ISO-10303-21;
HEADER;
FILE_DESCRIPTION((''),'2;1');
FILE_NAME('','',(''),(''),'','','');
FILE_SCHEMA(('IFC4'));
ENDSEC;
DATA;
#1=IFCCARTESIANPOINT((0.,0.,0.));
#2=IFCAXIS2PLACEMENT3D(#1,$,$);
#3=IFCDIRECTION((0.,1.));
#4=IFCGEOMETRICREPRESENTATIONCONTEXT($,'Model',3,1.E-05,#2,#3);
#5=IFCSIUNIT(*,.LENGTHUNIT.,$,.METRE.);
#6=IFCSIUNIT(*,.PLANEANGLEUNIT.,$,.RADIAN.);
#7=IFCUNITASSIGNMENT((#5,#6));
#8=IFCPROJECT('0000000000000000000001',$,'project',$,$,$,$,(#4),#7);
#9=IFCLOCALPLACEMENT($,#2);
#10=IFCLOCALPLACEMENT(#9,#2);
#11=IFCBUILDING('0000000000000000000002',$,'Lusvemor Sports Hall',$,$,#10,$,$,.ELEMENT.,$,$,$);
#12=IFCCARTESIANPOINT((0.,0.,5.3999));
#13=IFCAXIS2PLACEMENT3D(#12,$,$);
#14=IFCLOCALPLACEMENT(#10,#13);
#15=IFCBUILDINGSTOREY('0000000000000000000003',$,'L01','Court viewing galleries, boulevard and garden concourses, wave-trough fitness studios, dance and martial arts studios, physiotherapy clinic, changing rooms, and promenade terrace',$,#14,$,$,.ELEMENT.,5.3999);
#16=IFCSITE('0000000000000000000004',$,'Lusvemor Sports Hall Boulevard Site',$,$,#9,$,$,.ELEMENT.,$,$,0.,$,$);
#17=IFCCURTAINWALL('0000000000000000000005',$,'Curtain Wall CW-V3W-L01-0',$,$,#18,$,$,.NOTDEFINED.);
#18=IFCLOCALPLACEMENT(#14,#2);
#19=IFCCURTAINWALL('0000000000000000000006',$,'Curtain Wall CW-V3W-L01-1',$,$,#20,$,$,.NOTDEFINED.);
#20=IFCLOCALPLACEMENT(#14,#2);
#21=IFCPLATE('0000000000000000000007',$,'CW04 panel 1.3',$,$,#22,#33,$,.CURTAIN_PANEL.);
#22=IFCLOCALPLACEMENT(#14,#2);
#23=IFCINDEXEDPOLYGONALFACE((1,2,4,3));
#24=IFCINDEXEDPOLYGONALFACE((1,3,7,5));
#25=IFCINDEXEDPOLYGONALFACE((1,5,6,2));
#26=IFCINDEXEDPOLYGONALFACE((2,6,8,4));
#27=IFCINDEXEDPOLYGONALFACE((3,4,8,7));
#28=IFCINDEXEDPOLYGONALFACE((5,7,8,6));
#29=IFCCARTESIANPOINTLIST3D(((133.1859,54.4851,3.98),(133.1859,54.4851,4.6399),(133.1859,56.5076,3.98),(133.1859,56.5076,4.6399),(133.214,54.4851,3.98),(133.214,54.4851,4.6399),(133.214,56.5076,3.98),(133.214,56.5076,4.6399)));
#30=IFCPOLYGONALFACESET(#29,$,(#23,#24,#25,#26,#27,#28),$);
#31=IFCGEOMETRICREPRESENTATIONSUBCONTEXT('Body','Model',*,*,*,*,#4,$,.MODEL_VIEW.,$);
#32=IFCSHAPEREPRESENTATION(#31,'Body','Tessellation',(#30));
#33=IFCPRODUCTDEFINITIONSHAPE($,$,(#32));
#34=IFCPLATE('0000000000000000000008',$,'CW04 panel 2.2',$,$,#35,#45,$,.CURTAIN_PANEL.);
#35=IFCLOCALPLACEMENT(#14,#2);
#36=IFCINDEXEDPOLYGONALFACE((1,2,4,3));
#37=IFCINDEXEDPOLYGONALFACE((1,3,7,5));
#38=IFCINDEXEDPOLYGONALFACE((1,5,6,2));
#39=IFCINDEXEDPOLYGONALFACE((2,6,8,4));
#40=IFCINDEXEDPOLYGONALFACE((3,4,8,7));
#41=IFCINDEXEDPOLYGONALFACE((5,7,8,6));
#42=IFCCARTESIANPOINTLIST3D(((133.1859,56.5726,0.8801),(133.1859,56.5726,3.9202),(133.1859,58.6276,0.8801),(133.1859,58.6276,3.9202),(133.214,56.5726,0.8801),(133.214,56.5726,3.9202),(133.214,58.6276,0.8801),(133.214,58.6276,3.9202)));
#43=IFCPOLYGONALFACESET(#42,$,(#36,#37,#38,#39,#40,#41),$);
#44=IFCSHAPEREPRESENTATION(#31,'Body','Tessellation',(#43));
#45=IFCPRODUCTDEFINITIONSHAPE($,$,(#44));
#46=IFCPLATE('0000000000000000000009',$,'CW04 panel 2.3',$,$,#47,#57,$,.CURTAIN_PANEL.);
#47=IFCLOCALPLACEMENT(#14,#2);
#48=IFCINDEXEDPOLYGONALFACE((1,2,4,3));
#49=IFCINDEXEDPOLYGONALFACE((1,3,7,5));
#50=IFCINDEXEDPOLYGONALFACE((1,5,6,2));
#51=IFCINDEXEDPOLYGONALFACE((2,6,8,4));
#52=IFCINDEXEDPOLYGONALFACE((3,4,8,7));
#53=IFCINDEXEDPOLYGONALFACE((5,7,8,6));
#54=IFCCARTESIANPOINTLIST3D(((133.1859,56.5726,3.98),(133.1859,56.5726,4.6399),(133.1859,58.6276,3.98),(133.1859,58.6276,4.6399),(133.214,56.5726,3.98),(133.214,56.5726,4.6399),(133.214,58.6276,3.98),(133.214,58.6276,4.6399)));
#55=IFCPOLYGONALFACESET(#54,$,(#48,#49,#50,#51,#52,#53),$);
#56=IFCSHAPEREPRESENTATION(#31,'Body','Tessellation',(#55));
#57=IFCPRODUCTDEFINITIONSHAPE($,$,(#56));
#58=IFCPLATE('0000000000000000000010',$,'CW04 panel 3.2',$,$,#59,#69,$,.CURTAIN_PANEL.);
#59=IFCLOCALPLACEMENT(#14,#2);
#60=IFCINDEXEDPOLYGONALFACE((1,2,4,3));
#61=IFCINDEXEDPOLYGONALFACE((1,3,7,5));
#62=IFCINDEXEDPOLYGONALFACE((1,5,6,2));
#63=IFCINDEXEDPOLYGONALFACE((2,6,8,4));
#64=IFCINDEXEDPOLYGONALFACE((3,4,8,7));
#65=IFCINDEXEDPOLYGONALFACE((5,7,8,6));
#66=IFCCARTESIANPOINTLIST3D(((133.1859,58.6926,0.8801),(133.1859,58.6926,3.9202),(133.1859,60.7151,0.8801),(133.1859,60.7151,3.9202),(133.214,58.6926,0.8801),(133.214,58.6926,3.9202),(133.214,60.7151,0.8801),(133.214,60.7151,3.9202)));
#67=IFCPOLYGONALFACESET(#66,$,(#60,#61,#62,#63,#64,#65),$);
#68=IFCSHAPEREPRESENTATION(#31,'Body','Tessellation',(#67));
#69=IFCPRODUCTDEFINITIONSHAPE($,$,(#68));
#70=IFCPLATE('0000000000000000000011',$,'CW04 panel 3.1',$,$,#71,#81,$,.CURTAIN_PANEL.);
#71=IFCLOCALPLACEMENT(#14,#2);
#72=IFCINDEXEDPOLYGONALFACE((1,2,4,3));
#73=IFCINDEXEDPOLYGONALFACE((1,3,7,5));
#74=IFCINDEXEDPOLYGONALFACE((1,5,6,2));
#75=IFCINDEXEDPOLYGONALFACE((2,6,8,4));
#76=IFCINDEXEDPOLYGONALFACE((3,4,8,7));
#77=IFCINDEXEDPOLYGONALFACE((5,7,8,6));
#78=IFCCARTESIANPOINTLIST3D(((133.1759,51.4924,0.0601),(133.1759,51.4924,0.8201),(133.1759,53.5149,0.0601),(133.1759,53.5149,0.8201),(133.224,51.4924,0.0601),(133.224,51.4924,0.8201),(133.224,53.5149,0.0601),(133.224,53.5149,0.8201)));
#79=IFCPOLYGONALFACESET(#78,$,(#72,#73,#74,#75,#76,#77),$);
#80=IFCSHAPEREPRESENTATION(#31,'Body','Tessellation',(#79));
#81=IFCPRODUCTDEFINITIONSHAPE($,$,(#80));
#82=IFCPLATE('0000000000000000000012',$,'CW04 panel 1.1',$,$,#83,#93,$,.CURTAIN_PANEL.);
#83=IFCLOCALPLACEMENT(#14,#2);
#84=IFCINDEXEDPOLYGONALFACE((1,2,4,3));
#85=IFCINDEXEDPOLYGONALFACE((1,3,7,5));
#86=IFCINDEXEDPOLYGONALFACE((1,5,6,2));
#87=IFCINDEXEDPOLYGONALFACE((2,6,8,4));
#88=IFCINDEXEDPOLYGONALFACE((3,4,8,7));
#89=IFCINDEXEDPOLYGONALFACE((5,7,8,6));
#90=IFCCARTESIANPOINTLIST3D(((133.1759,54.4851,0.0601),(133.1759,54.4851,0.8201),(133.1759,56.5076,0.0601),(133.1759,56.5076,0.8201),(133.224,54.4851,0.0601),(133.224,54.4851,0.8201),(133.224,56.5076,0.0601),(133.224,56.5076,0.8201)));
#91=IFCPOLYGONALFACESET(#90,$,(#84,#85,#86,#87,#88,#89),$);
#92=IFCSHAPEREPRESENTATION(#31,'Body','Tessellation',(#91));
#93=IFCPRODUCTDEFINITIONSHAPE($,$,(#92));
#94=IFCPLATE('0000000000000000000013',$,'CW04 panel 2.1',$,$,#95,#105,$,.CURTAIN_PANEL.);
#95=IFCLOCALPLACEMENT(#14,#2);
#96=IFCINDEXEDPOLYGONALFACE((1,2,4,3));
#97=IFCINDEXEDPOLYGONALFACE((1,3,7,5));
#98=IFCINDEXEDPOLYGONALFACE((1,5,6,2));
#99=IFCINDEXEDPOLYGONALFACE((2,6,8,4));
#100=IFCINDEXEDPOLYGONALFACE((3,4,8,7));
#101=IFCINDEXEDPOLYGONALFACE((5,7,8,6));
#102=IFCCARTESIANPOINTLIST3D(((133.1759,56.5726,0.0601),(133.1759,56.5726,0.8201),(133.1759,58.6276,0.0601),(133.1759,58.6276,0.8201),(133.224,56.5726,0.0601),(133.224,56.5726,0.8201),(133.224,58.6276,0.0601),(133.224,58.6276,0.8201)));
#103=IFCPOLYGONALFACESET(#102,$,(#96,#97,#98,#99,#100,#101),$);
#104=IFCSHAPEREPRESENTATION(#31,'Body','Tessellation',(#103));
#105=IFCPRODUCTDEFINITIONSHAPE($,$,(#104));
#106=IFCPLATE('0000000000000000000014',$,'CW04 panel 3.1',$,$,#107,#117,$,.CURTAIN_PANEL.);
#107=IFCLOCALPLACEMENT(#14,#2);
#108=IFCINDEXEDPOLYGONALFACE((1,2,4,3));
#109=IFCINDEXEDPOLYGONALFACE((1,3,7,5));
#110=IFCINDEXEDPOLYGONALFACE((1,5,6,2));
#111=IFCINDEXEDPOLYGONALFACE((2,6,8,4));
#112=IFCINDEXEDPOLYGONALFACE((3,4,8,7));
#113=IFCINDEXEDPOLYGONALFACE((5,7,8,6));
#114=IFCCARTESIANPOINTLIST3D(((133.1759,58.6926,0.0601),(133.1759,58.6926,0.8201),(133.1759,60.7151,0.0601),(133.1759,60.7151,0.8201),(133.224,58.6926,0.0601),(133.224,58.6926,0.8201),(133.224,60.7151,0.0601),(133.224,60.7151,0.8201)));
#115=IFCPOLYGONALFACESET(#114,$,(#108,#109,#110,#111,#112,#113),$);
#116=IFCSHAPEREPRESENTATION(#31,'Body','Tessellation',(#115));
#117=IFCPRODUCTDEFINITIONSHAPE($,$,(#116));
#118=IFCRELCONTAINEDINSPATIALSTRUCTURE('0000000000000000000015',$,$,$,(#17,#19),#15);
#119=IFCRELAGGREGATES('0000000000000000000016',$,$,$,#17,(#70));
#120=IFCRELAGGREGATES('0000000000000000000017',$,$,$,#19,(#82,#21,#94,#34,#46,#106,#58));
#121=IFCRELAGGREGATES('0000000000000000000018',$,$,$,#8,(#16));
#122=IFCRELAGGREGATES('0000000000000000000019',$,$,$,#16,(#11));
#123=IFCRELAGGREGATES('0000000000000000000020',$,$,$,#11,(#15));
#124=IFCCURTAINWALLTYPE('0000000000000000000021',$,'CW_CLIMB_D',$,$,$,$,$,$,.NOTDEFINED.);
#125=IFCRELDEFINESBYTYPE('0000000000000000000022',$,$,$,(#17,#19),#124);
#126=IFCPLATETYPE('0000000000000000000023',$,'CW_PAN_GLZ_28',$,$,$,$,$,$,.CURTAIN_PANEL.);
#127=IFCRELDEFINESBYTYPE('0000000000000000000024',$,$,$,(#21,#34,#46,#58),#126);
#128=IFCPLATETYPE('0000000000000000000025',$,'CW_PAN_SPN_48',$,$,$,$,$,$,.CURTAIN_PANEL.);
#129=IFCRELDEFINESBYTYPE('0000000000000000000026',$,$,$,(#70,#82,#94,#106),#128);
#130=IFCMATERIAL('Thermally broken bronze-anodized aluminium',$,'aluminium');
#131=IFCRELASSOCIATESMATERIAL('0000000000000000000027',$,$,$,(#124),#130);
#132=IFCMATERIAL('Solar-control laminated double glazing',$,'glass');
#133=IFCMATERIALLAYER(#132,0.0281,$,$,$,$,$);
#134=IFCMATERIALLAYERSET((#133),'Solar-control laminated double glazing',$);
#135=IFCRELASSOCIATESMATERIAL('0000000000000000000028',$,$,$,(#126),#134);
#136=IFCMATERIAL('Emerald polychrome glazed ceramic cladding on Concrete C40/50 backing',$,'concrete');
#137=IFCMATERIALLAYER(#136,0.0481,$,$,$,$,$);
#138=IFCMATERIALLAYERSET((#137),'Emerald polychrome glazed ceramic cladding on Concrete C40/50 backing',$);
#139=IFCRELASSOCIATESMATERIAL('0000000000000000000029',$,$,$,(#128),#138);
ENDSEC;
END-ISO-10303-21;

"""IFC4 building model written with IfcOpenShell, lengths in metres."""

from ifc_helpers import new_model, si_unit, direction, frame, origin, origin_2d, place, context, subcontext, project, spatial, rectangle, extrude, material, layer, layer_set, type_object, element, aggregate, save


model = new_model("IFC4")

# Units and contexts
model_context = context("Model", 3, precision=1e-05, world=origin(), true_north=direction((0.0, 1.0)))
body_context = subcontext(model_context, "Body", "Model", "MODEL_VIEW")
ifc_project = project(units=[si_unit("LENGTHUNIT", "METRE"), si_unit("PLANEANGLEUNIT", "RADIAN")], contexts=[model_context])

# Site, building, storey
site_placement = place(None, origin())
site = spatial("IfcSite", under=ifc_project, at=site_placement, Name="Lusvemor Sports Hall Boulevard Site", CompositionType="ELEMENT", RefElevation=0.0)
building_placement = place(site_placement, origin())
building = spatial("IfcBuilding", under=site, at=building_placement, Name="Lusvemor Sports Hall", CompositionType="ELEMENT")
storey_placement = place(building_placement, frame((0.0, 0.0, 5.3999)))
storey = spatial("IfcBuildingStorey", under=building, at=storey_placement, Name="L01", Description="Court viewing galleries, boulevard and garden concourses, wave-trough fitness studios, dance and martial arts studios, physiotherapy clinic, changing rooms, and promenade terrace", CompositionType="ELEMENT", Elevation=5.3999)

# Curtain wall
ifc_material_1 = material(Name="Thermally broken bronze-anodized aluminium", Category="aluminium")
curtain_wall_type = type_object("IfcCurtainWallType", Name="CW_CLIMB_D", PredefinedType="NOTDEFINED", material=ifc_material_1)
curtain_wall_1_placement = place(storey_placement, origin())
curtain_wall_1 = element("IfcCurtainWall", 1, at=curtain_wall_1_placement, inside=storey, type_object=curtain_wall_type, Name="Curtain Wall CW-V3W-L01-0", PredefinedType="NOTDEFINED")

# Curtain wall
curtain_wall_2_placement = place(storey_placement, origin())
curtain_wall_2 = element("IfcCurtainWall", 2, at=curtain_wall_2_placement, inside=storey, type_object=curtain_wall_type, Name="Curtain Wall CW-V3W-L01-1", PredefinedType="NOTDEFINED")

# Plates
ifc_material_2 = material(Name="Solar-control laminated double glazing", Category="glass")
ifc_layer_1 = layer(ifc_material_2, 0.0281)
ifc_layer_set_1 = layer_set([ifc_layer_1], Name="Solar-control laminated double glazing")
plate_type_1 = type_object("IfcPlateType", Name="CW_PAN_GLZ_28", PredefinedType="CURTAIN_PANEL", material=ifc_layer_set_1)
plate_1_placement = place(storey_placement, frame((133.2, 55.4963, 3.98), z_axis=(0.0, 0.0, 1.0), x_axis=(0.0, 1.0, 0.0)))
plate_1 = element("IfcPlate", 3, at=plate_1_placement, type_object=plate_type_1, Name="CW04 panel 1.3", PredefinedType="CURTAIN_PANEL", context=body_context, shape_type="SweptSolid", body=[
    extrude(rectangle(XDim=2.0225, YDim=0.0281, at=origin_2d()), origin(), (0.0, 0.0, 1.0), 0.6599),
])
plate_2_placement = place(storey_placement, frame((133.2, 57.6001, 0.8801), z_axis=(0.0, 0.0, 1.0), x_axis=(0.0, 1.0, 0.0)))
plate_2 = element("IfcPlate", 4, at=plate_2_placement, type_object=plate_type_1, Name="CW04 panel 2.2", PredefinedType="CURTAIN_PANEL", context=body_context, shape_type="SweptSolid", body=[
    extrude(rectangle(XDim=2.0549, YDim=0.0281, at=origin_2d()), origin(), (0.0, 0.0, 1.0), 3.04),
])
plate_3_placement = place(storey_placement, frame((133.2, 57.6001, 3.98), z_axis=(0.0, 0.0, 1.0), x_axis=(0.0, 1.0, 0.0)))
plate_3 = element("IfcPlate", 5, at=plate_3_placement, type_object=plate_type_1, Name="CW04 panel 2.3", PredefinedType="CURTAIN_PANEL", context=body_context, shape_type="SweptSolid", body=[
    extrude(rectangle(XDim=2.0549, YDim=0.0281, at=origin_2d()), origin(), (0.0, 0.0, 1.0), 0.6599),
])
plate_4_placement = place(storey_placement, frame((133.2, 59.7039, 0.8801), z_axis=(0.0, 0.0, 1.0), x_axis=(0.0, 1.0, 0.0)))
plate_4 = element("IfcPlate", 6, at=plate_4_placement, type_object=plate_type_1, Name="CW04 panel 3.2", PredefinedType="CURTAIN_PANEL", context=body_context, shape_type="SweptSolid", body=[
    extrude(rectangle(XDim=2.0225, YDim=0.0281, at=origin_2d()), origin(), (0.0, 0.0, 1.0), 3.04),
])
ifc_material_3 = material(Name="Emerald polychrome glazed ceramic cladding on Concrete C40/50 backing", Category="concrete")
ifc_layer_2 = layer(ifc_material_3, 0.0481)
ifc_layer_set_2 = layer_set([ifc_layer_2], Name="Emerald polychrome glazed ceramic cladding on Concrete C40/50 backing")
plate_type_2 = type_object("IfcPlateType", Name="CW_PAN_SPN_48", PredefinedType="CURTAIN_PANEL", material=ifc_layer_set_2)
plate_5_placement = place(storey_placement, frame((133.2, 52.5037, 0.0601), z_axis=(0.0, 0.0, 1.0), x_axis=(0.0, 1.0, 0.0)))
plate_5 = element("IfcPlate", 7, at=plate_5_placement, type_object=plate_type_2, Name="CW04 panel 3.1", PredefinedType="CURTAIN_PANEL", context=body_context, shape_type="SweptSolid", body=[
    extrude(rectangle(XDim=2.0225, YDim=0.0481, at=origin_2d()), origin(), (0.0, 0.0, 1.0), 0.76),
])
aggregate(curtain_wall_1, [plate_5])
plate_6_placement = place(storey_placement, frame((133.2, 55.4963, 0.0601), z_axis=(0.0, 0.0, 1.0), x_axis=(0.0, 1.0, 0.0)))
plate_6 = element("IfcPlate", 8, at=plate_6_placement, type_object=plate_type_2, Name="CW04 panel 1.1", PredefinedType="CURTAIN_PANEL", context=body_context, shape_type="SweptSolid", body=[
    extrude(rectangle(XDim=2.0225, YDim=0.0481, at=origin_2d()), origin(), (0.0, 0.0, 1.0), 0.76),
])
plate_7_placement = place(storey_placement, frame((133.2, 57.6001, 0.0601), z_axis=(0.0, 0.0, 1.0), x_axis=(0.0, 1.0, 0.0)))
plate_7 = element("IfcPlate", 9, at=plate_7_placement, type_object=plate_type_2, Name="CW04 panel 2.1", PredefinedType="CURTAIN_PANEL", context=body_context, shape_type="SweptSolid", body=[
    extrude(rectangle(XDim=2.0549, YDim=0.0481, at=origin_2d()), origin(), (0.0, 0.0, 1.0), 0.76),
])
plate_8_placement = place(storey_placement, frame((133.2, 59.7039, 0.0601), z_axis=(0.0, 0.0, 1.0), x_axis=(0.0, 1.0, 0.0)))
plate_8 = element("IfcPlate", 10, at=plate_8_placement, type_object=plate_type_2, Name="CW04 panel 3.1", PredefinedType="CURTAIN_PANEL", context=body_context, shape_type="SweptSolid", body=[
    extrude(rectangle(XDim=2.0225, YDim=0.0481, at=origin_2d()), origin(), (0.0, 0.0, 1.0), 0.76),
])
aggregate(curtain_wall_2, [plate_6, plate_1, plate_7, plate_2, plate_3, plate_8, plate_4])

save(model, "model.ifc")
